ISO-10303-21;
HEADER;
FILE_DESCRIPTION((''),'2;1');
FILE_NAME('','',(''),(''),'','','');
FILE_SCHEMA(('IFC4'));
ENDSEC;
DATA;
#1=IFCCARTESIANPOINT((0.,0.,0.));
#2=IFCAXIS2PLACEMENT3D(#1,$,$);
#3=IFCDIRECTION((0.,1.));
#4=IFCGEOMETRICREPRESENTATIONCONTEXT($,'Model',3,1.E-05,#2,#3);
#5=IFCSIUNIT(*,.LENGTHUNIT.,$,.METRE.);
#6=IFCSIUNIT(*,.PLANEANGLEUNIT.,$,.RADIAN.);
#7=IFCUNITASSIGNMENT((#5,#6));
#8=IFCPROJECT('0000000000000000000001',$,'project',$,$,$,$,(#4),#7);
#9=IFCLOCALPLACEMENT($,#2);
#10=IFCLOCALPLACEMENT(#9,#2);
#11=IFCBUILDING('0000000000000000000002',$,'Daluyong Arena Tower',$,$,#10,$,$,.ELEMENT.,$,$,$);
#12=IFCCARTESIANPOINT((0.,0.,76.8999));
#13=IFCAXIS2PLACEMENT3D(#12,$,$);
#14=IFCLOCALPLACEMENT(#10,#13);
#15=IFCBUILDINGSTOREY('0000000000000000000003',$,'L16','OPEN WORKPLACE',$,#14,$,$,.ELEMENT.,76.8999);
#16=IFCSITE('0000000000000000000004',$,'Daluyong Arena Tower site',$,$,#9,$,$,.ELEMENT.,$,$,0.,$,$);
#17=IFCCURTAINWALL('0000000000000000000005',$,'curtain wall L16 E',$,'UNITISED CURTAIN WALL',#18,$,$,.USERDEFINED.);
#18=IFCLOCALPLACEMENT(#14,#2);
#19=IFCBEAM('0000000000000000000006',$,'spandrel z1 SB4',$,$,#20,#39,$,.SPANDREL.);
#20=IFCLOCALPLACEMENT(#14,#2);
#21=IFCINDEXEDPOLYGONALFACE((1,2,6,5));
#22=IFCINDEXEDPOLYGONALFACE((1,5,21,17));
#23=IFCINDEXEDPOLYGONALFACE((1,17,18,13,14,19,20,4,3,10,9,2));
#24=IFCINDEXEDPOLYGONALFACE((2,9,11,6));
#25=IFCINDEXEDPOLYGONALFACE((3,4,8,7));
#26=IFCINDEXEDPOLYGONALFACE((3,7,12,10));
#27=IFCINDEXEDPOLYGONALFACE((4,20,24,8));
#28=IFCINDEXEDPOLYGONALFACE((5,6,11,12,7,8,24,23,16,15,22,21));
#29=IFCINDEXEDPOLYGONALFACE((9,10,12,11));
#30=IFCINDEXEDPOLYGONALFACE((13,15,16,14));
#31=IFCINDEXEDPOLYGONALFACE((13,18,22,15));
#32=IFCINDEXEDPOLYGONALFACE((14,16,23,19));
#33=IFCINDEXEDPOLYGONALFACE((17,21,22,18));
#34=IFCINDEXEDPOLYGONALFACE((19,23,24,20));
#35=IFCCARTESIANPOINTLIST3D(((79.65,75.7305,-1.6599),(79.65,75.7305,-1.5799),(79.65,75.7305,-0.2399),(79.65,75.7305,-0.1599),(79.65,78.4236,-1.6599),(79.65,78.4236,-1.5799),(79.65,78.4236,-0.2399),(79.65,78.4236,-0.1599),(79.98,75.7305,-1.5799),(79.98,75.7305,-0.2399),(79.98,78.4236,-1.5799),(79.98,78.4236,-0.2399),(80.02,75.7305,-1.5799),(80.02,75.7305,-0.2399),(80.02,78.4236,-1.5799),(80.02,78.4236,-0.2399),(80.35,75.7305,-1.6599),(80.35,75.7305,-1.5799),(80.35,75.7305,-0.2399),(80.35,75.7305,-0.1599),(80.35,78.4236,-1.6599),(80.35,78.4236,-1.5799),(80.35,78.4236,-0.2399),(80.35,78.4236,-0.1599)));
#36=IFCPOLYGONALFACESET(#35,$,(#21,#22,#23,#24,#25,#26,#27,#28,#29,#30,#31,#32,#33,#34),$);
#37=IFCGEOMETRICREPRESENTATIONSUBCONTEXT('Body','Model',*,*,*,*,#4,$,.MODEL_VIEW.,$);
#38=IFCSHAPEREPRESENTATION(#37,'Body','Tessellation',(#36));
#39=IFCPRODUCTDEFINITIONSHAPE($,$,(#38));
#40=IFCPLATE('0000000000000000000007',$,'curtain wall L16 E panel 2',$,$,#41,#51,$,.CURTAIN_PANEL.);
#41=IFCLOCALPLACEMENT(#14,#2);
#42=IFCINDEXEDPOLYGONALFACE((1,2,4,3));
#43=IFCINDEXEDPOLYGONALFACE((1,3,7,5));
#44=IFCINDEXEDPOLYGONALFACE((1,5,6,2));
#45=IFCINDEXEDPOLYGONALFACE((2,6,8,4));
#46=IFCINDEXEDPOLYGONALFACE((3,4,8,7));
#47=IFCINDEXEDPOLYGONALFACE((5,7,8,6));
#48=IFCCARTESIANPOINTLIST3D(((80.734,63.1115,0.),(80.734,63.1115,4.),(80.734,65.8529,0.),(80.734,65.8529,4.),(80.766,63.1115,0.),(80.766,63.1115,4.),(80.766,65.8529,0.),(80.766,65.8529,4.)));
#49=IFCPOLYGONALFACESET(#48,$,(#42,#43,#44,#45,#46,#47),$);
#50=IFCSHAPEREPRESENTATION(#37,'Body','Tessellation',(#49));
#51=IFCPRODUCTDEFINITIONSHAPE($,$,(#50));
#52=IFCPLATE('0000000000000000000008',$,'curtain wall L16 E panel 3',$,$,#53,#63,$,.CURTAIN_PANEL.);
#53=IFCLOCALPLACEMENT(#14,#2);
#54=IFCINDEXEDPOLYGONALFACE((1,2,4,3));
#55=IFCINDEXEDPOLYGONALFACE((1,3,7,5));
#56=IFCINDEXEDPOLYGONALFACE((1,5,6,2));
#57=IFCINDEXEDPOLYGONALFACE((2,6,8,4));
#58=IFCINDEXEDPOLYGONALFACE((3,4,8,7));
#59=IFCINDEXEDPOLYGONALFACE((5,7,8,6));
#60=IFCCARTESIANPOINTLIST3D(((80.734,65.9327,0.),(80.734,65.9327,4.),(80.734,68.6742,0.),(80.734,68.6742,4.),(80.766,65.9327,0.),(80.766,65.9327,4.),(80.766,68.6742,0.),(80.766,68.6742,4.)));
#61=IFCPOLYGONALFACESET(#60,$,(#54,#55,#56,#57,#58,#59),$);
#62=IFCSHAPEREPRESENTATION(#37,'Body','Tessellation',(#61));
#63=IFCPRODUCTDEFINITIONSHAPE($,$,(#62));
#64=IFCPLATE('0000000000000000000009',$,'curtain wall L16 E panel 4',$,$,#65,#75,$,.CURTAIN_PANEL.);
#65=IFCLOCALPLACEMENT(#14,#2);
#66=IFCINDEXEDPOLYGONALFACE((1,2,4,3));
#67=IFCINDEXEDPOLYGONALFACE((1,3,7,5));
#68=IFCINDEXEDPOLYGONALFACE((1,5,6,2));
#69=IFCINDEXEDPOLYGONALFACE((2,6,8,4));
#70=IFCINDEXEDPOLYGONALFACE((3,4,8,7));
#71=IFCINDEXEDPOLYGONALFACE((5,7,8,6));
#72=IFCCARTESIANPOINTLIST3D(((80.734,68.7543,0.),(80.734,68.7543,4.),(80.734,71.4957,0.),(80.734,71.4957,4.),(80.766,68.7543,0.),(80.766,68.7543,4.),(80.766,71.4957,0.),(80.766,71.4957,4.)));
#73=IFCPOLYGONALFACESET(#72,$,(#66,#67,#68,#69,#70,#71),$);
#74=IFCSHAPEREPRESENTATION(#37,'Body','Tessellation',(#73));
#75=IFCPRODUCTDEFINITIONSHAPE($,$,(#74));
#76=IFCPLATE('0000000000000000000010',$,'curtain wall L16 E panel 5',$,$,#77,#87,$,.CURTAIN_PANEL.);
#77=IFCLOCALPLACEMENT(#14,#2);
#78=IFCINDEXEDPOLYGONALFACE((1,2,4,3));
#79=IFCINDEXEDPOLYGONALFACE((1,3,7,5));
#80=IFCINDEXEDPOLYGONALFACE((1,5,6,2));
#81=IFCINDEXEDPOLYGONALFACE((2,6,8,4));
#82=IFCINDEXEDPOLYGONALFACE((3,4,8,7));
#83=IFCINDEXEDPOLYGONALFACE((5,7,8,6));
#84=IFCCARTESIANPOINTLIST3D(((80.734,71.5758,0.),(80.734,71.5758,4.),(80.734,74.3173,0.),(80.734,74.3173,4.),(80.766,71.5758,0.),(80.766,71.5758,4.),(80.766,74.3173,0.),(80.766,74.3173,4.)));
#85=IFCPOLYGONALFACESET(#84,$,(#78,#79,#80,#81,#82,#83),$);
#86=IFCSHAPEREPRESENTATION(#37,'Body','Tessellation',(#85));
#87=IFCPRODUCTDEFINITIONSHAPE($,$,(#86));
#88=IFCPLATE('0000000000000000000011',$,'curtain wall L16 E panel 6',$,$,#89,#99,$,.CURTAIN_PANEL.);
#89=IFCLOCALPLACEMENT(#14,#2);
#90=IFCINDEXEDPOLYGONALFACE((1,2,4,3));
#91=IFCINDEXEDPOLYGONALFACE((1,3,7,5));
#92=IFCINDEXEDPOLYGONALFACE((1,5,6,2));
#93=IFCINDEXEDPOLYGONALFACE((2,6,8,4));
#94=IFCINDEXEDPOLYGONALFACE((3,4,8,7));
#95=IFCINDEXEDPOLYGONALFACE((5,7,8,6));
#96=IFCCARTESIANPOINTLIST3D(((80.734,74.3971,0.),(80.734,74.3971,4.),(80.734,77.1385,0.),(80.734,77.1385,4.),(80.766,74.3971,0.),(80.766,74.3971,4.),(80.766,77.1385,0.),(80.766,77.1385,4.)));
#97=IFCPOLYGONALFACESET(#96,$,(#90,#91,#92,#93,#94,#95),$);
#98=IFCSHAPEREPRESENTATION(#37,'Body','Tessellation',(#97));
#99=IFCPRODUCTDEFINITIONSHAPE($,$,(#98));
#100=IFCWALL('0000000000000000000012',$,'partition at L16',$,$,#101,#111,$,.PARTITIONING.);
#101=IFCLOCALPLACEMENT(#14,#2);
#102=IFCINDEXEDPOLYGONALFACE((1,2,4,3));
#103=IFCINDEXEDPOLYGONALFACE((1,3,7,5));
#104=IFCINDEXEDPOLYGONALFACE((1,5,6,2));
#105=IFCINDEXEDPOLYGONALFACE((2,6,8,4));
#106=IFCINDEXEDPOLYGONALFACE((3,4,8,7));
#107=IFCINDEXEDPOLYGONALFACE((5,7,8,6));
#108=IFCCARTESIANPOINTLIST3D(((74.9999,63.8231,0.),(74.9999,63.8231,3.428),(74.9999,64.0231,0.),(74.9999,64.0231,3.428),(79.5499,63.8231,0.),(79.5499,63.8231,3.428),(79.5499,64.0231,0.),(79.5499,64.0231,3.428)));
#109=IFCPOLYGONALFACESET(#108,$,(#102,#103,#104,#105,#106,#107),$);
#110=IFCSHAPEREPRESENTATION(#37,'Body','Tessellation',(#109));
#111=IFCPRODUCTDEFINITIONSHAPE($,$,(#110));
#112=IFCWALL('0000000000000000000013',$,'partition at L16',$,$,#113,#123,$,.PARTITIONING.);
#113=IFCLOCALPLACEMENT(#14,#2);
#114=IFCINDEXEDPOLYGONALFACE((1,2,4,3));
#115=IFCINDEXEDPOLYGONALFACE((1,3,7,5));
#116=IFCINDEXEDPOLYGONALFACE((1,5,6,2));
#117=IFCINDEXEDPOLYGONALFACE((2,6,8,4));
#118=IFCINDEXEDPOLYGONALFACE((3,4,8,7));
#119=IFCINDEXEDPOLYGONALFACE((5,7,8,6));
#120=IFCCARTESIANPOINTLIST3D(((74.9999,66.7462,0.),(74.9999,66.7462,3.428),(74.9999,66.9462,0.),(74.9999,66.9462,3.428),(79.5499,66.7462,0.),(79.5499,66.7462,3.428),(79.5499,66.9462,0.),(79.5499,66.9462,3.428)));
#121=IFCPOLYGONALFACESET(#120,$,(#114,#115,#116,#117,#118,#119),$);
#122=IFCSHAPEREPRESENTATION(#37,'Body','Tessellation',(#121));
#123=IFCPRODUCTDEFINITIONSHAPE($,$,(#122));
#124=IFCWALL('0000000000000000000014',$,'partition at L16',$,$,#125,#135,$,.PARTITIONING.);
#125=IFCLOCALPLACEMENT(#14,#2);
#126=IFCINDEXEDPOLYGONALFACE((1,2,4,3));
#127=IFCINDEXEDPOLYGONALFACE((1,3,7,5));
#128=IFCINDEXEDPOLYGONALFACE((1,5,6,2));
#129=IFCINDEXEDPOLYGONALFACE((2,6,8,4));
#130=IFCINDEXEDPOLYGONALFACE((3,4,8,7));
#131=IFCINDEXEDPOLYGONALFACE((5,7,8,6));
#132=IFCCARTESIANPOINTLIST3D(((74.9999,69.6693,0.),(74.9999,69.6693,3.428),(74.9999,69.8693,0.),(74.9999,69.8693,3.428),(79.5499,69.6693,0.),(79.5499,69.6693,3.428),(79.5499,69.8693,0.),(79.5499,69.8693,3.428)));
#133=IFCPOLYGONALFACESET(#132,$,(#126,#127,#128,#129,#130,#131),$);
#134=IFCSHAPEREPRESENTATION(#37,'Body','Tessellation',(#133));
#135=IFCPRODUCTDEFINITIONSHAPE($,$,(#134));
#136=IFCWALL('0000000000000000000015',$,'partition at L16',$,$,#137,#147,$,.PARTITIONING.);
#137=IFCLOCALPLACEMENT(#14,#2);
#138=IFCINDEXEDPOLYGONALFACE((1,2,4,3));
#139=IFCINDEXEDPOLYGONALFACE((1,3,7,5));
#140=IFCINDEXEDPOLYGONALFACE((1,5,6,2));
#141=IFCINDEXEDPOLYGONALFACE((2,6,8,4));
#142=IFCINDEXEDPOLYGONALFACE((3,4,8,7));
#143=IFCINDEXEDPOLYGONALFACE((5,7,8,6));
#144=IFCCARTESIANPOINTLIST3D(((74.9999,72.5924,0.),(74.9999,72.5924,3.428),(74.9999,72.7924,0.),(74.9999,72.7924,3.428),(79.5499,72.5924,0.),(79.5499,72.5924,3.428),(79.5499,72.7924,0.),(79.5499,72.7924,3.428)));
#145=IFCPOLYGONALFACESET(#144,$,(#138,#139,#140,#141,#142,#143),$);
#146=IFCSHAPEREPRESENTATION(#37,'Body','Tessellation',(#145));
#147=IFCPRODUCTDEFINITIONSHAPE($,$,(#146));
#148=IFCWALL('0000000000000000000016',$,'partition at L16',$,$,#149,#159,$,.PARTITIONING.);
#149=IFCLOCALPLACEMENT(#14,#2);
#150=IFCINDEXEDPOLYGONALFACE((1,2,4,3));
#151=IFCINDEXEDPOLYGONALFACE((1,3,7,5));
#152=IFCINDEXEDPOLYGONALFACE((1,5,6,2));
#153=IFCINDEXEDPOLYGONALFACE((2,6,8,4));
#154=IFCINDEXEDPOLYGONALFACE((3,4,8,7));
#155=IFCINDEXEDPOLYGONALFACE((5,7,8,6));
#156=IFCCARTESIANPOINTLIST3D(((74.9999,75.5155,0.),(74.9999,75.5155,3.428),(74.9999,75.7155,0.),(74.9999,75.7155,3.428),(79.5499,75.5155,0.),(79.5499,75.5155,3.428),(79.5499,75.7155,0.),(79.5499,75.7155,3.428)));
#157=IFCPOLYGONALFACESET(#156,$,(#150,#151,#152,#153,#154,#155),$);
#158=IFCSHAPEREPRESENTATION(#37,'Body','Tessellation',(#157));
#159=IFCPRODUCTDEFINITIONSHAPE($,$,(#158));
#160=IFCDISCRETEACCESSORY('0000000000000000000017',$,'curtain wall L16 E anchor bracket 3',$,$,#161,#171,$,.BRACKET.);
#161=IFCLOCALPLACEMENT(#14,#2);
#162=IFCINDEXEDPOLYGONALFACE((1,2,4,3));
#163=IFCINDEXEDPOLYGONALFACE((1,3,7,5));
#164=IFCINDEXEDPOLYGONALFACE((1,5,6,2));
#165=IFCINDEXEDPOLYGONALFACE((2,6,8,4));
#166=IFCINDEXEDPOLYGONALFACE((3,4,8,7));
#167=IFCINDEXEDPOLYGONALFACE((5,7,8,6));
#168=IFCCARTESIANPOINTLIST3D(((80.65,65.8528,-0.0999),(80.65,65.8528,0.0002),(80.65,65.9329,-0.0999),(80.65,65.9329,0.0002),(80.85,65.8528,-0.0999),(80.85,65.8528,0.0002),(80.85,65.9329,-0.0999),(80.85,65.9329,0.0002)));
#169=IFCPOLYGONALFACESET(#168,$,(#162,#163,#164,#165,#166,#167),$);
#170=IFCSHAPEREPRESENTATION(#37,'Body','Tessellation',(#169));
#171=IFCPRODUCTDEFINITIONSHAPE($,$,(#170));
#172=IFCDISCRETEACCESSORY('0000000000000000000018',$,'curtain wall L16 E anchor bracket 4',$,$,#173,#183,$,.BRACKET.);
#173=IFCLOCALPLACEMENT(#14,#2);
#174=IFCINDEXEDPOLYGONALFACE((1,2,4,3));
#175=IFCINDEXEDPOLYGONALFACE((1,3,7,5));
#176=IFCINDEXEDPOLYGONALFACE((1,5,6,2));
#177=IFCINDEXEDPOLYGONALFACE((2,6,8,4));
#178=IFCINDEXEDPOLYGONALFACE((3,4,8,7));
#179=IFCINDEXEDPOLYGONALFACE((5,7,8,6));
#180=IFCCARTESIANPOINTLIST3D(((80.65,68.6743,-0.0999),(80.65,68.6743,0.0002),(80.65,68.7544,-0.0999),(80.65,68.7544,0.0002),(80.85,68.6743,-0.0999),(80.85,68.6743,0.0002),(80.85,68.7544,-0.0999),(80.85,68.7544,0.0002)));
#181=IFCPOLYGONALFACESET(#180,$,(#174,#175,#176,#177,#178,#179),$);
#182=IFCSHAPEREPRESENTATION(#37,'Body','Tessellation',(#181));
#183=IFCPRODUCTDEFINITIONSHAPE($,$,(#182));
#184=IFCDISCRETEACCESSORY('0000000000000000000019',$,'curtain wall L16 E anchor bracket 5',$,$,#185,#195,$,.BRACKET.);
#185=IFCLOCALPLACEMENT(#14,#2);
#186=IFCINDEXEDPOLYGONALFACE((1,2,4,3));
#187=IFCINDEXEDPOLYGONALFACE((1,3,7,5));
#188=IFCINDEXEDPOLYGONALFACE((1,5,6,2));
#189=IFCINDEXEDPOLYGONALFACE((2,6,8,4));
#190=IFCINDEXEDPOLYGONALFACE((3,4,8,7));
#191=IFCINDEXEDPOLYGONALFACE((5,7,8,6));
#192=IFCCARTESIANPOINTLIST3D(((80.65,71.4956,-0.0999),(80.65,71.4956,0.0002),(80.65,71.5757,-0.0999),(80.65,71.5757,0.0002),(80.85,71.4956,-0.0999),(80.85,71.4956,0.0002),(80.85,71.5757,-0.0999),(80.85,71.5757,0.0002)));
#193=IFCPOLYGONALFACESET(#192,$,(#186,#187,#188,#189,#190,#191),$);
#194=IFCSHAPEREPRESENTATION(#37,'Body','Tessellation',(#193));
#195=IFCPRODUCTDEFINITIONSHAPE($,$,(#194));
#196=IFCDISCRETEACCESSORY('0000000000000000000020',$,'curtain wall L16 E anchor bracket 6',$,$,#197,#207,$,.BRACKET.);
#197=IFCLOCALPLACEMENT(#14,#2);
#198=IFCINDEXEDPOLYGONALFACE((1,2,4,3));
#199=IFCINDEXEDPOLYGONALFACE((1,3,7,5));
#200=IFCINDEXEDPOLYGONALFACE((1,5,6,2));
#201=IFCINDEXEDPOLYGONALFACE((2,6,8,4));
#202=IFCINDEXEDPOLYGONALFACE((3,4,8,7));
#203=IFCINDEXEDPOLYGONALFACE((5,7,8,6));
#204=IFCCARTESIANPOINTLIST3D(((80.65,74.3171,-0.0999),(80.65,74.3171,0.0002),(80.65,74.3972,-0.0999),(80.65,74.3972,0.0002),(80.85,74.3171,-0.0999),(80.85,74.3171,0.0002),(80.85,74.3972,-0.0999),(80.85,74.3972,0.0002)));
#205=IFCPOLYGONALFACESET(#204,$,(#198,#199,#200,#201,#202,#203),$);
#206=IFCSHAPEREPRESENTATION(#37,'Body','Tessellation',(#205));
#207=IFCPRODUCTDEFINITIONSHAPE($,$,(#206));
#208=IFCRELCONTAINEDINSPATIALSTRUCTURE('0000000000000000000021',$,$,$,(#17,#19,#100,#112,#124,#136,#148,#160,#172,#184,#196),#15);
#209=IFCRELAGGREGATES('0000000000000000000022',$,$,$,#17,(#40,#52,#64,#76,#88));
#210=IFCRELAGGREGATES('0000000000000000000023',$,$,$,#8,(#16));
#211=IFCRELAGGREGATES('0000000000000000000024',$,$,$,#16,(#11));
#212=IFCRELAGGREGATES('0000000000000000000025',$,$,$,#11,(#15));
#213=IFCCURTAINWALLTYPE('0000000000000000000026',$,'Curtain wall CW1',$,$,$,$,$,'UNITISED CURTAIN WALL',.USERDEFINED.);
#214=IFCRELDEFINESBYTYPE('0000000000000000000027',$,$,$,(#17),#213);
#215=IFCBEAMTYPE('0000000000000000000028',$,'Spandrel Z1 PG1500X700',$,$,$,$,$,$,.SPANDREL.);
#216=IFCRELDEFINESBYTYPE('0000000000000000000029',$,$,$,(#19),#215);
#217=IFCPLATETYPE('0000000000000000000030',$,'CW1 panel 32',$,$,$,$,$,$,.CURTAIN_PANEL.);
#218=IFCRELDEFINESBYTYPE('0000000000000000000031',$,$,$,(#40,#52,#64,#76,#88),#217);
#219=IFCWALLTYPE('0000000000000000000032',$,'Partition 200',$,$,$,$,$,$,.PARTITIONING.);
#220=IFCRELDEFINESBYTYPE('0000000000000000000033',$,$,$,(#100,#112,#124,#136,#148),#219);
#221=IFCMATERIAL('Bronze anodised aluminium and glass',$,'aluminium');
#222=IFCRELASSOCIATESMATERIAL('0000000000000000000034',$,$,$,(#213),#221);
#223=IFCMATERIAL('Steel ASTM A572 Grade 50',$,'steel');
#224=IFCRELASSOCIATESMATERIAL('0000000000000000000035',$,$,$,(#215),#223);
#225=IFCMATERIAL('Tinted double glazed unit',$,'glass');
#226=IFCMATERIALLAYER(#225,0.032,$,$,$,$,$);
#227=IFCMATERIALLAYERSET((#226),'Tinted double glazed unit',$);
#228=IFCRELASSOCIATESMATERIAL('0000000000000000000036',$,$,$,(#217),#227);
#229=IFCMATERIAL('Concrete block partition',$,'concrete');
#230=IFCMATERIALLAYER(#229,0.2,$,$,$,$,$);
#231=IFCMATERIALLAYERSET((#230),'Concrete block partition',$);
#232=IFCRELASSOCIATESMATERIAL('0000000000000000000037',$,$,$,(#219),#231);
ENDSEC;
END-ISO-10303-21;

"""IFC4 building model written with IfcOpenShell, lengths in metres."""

from ifc_helpers import new_model, si_unit, direction, frame, frame_2d, origin, origin_2d, place, context, subcontext, project, spatial, rectangle, i_section, extrude, material, layer, layer_set, material_profile, profile_set, type_object, element, aggregate, save


model = new_model("IFC4")

# Units and contexts
model_context = context("Model", 3, precision=1e-05, world=origin(), true_north=direction((0.0, 1.0)))
body_context = subcontext(model_context, "Body", "Model", "MODEL_VIEW")
ifc_project = project(units=[si_unit("LENGTHUNIT", "METRE"), si_unit("PLANEANGLEUNIT", "RADIAN")], contexts=[model_context])

# Site, building, storey
site_placement = place(None, origin())
site = spatial("IfcSite", under=ifc_project, at=site_placement, Name="Daluyong Arena Tower site", CompositionType="ELEMENT", RefElevation=0.0)
building_placement = place(site_placement, origin())
building = spatial("IfcBuilding", under=site, at=building_placement, Name="Daluyong Arena Tower", CompositionType="ELEMENT")
storey_placement = place(building_placement, frame((0.0, 0.0, 76.8999)))
storey = spatial("IfcBuildingStorey", under=building, at=storey_placement, Name="L16", Description="OPEN WORKPLACE", CompositionType="ELEMENT", Elevation=76.8999)

# Curtain wall
ifc_material_1 = material(Name="Bronze anodised aluminium and glass", Category="aluminium")
curtain_wall_type = type_object("IfcCurtainWallType", Name="Curtain wall CW1", ElementType="UNITISED CURTAIN WALL", PredefinedType="USERDEFINED", material=ifc_material_1)
curtain_wall_placement = place(storey_placement, origin())
curtain_wall = element("IfcCurtainWall", 1, at=curtain_wall_placement, inside=storey, type_object=curtain_wall_type, Name="curtain wall L16 E", ObjectType="UNITISED CURTAIN WALL", PredefinedType="USERDEFINED")

# Beam
ifc_material_2 = material(Name="Steel ASTM A572 Grade 50", Category="steel")
ifc_material_profile_1 = material_profile(ifc_material_2, i_section(OverallWidth=0.7, OverallDepth=1.5, WebThickness=0.04, FlangeThickness=0.08, at=origin_2d()))
ifc_profile_set_1 = profile_set([ifc_material_profile_1], Name="Steel ASTM A572 Grade 50")
beam_type_1 = type_object("IfcBeamType", Name="Spandrel Z1 PG1500X700", PredefinedType="SPANDREL", material=ifc_profile_set_1)
for number, where, z_axis, x_axis, name in (
    (2, (80.0, 75.7305, -0.9099), (0.0, 1.0, 0.0), (-1.0, 0.0, 0.0), "spandrel z1 SB4"),
):
    element("IfcBeam", number, at=place(storey_placement, frame(where, z_axis=z_axis, x_axis=x_axis)), inside=storey, type_object=beam_type_1, Name=name, PredefinedType="SPANDREL", context=body_context, shape_type="SweptSolid", body=[
        extrude(i_section(OverallWidth=0.7, OverallDepth=1.5, WebThickness=0.04, FlangeThickness=0.08, at=origin_2d()), origin(), (0.0, 0.0, 1.0), 2.6931),
    ])

# Plates
ifc_material_3 = material(Name="Tinted double glazed unit", Category="glass")
ifc_layer_1 = layer(ifc_material_3, 0.032)
ifc_layer_set_1 = layer_set([ifc_layer_1], Name="Tinted double glazed unit")
plate_type = type_object("IfcPlateType", Name="CW1 panel 32", PredefinedType="CURTAIN_PANEL", material=ifc_layer_set_1)
plate_1_placement = place(storey_placement, frame((80.75, 64.4822, 0.0), z_axis=(0.0, 0.0, 1.0), x_axis=(0.0, 1.0, 0.0)))
plate_1 = element("IfcPlate", 3, at=plate_1_placement, type_object=plate_type, Name="curtain wall L16 E panel 2", PredefinedType="CURTAIN_PANEL", context=body_context, shape_type="SweptSolid", body=[
    extrude(rectangle(XDim=2.7415, YDim=0.032, at=origin_2d()), origin(), (0.0, 0.0, 1.0), 4.0),
])
plate_2_placement = place(storey_placement, frame((80.75, 67.3035, 0.0), z_axis=(0.0, 0.0, 1.0), x_axis=(0.0, 1.0, 0.0)))
plate_2 = element("IfcPlate", 4, at=plate_2_placement, type_object=plate_type, Name="curtain wall L16 E panel 3", PredefinedType="CURTAIN_PANEL", context=body_context, shape_type="SweptSolid", body=[
    extrude(rectangle(XDim=2.7415, YDim=0.032, at=origin_2d()), origin(), (0.0, 0.0, 1.0), 4.0),
])
plate_3_placement = place(storey_placement, frame((80.75, 70.125, 0.0), z_axis=(0.0, 0.0, 1.0), x_axis=(0.0, 1.0, 0.0)))
plate_3 = element("IfcPlate", 5, at=plate_3_placement, type_object=plate_type, Name="curtain wall L16 E panel 4", PredefinedType="CURTAIN_PANEL", context=body_context, shape_type="SweptSolid", body=[
    extrude(rectangle(XDim=2.7415, YDim=0.032, at=origin_2d()), origin(), (0.0, 0.0, 1.0), 4.0),
])
plate_4_placement = place(storey_placement, frame((80.75, 72.9465, 0.0), z_axis=(0.0, 0.0, 1.0), x_axis=(0.0, 1.0, 0.0)))
plate_4 = element("IfcPlate", 6, at=plate_4_placement, type_object=plate_type, Name="curtain wall L16 E panel 5", PredefinedType="CURTAIN_PANEL", context=body_context, shape_type="SweptSolid", body=[
    extrude(rectangle(XDim=2.7415, YDim=0.032, at=origin_2d()), origin(), (0.0, 0.0, 1.0), 4.0),
])
plate_5_placement = place(storey_placement, frame((80.75, 75.7678, 0.0), z_axis=(0.0, 0.0, 1.0), x_axis=(0.0, 1.0, 0.0)))
plate_5 = element("IfcPlate", 7, at=plate_5_placement, type_object=plate_type, Name="curtain wall L16 E panel 6", PredefinedType="CURTAIN_PANEL", context=body_context, shape_type="SweptSolid", body=[
    extrude(rectangle(XDim=2.7415, YDim=0.032, at=origin_2d()), origin(), (0.0, 0.0, 1.0), 4.0),
])
aggregate(curtain_wall, [plate_1, plate_2, plate_3, plate_4, plate_5])

# Walls
ifc_material_4 = material(Name="Concrete block partition", Category="concrete")
ifc_layer_2 = layer(ifc_material_4, 0.2)
ifc_layer_set_2 = layer_set([ifc_layer_2], Name="Concrete block partition")
wall_type = type_object("IfcWallType", Name="Partition 200", PredefinedType="PARTITIONING", material=ifc_layer_set_2)
for number, where, z_axis, x_axis, name in (
    (8, (75.0, 63.9231, 0.0), (0.0, 0.0, 1.0), (1.0, 0.0, 0.0), "partition at L16"),
    (9, (75.0, 66.8462, 0.0), (0.0, 0.0, 1.0), (1.0, 0.0, 0.0), "partition at L16"),
    (10, (75.0, 69.7693, 0.0), (0.0, 0.0, 1.0), (1.0, 0.0, 0.0), "partition at L16"),
    (11, (75.0, 72.6924, 0.0), (0.0, 0.0, 1.0), (1.0, 0.0, 0.0), "partition at L16"),
    (12, (75.0, 75.6155, 0.0), (0.0, 0.0, 1.0), (1.0, 0.0, 0.0), "partition at L16"),
):
    element("IfcWall", number, at=place(storey_placement, frame(where, z_axis=z_axis, x_axis=x_axis)), inside=storey, type_object=wall_type, Name=name, PredefinedType="PARTITIONING", context=body_context, shape_type="SweptSolid", body=[
        extrude(rectangle(XDim=4.55, YDim=0.2, at=frame_2d((2.2749, 0.0))), origin(), (0.0, 0.0, 1.0), 3.428),
    ])

# Discrete accessories
for number, where, z_axis, x_axis, name in (
    (13, (80.75, 65.8928, -0.0999), (0.0, 0.0, 1.0), (0.0, 1.0, 0.0), "curtain wall L16 E anchor bracket 3"),
    (14, (80.75, 68.7144, -0.0999), (0.0, 0.0, 1.0), (0.0, 1.0, 0.0), "curtain wall L16 E anchor bracket 4"),
    (15, (80.75, 71.5356, -0.0999), (0.0, 0.0, 1.0), (0.0, 1.0, 0.0), "curtain wall L16 E anchor bracket 5"),
    (16, (80.75, 74.3572, -0.0999), (0.0, 0.0, 1.0), (0.0, 1.0, 0.0), "curtain wall L16 E anchor bracket 6"),
):
    element("IfcDiscreteAccessory", number, at=place(storey_placement, frame(where, z_axis=z_axis, x_axis=x_axis)), inside=storey, Name=name, PredefinedType="BRACKET", context=body_context, shape_type="SweptSolid", body=[
        extrude(rectangle(XDim=0.0801, YDim=0.2, at=origin_2d()), origin(), (0.0, 0.0, 1.0), 0.1001),
    ])

save(model, "model.ifc")
